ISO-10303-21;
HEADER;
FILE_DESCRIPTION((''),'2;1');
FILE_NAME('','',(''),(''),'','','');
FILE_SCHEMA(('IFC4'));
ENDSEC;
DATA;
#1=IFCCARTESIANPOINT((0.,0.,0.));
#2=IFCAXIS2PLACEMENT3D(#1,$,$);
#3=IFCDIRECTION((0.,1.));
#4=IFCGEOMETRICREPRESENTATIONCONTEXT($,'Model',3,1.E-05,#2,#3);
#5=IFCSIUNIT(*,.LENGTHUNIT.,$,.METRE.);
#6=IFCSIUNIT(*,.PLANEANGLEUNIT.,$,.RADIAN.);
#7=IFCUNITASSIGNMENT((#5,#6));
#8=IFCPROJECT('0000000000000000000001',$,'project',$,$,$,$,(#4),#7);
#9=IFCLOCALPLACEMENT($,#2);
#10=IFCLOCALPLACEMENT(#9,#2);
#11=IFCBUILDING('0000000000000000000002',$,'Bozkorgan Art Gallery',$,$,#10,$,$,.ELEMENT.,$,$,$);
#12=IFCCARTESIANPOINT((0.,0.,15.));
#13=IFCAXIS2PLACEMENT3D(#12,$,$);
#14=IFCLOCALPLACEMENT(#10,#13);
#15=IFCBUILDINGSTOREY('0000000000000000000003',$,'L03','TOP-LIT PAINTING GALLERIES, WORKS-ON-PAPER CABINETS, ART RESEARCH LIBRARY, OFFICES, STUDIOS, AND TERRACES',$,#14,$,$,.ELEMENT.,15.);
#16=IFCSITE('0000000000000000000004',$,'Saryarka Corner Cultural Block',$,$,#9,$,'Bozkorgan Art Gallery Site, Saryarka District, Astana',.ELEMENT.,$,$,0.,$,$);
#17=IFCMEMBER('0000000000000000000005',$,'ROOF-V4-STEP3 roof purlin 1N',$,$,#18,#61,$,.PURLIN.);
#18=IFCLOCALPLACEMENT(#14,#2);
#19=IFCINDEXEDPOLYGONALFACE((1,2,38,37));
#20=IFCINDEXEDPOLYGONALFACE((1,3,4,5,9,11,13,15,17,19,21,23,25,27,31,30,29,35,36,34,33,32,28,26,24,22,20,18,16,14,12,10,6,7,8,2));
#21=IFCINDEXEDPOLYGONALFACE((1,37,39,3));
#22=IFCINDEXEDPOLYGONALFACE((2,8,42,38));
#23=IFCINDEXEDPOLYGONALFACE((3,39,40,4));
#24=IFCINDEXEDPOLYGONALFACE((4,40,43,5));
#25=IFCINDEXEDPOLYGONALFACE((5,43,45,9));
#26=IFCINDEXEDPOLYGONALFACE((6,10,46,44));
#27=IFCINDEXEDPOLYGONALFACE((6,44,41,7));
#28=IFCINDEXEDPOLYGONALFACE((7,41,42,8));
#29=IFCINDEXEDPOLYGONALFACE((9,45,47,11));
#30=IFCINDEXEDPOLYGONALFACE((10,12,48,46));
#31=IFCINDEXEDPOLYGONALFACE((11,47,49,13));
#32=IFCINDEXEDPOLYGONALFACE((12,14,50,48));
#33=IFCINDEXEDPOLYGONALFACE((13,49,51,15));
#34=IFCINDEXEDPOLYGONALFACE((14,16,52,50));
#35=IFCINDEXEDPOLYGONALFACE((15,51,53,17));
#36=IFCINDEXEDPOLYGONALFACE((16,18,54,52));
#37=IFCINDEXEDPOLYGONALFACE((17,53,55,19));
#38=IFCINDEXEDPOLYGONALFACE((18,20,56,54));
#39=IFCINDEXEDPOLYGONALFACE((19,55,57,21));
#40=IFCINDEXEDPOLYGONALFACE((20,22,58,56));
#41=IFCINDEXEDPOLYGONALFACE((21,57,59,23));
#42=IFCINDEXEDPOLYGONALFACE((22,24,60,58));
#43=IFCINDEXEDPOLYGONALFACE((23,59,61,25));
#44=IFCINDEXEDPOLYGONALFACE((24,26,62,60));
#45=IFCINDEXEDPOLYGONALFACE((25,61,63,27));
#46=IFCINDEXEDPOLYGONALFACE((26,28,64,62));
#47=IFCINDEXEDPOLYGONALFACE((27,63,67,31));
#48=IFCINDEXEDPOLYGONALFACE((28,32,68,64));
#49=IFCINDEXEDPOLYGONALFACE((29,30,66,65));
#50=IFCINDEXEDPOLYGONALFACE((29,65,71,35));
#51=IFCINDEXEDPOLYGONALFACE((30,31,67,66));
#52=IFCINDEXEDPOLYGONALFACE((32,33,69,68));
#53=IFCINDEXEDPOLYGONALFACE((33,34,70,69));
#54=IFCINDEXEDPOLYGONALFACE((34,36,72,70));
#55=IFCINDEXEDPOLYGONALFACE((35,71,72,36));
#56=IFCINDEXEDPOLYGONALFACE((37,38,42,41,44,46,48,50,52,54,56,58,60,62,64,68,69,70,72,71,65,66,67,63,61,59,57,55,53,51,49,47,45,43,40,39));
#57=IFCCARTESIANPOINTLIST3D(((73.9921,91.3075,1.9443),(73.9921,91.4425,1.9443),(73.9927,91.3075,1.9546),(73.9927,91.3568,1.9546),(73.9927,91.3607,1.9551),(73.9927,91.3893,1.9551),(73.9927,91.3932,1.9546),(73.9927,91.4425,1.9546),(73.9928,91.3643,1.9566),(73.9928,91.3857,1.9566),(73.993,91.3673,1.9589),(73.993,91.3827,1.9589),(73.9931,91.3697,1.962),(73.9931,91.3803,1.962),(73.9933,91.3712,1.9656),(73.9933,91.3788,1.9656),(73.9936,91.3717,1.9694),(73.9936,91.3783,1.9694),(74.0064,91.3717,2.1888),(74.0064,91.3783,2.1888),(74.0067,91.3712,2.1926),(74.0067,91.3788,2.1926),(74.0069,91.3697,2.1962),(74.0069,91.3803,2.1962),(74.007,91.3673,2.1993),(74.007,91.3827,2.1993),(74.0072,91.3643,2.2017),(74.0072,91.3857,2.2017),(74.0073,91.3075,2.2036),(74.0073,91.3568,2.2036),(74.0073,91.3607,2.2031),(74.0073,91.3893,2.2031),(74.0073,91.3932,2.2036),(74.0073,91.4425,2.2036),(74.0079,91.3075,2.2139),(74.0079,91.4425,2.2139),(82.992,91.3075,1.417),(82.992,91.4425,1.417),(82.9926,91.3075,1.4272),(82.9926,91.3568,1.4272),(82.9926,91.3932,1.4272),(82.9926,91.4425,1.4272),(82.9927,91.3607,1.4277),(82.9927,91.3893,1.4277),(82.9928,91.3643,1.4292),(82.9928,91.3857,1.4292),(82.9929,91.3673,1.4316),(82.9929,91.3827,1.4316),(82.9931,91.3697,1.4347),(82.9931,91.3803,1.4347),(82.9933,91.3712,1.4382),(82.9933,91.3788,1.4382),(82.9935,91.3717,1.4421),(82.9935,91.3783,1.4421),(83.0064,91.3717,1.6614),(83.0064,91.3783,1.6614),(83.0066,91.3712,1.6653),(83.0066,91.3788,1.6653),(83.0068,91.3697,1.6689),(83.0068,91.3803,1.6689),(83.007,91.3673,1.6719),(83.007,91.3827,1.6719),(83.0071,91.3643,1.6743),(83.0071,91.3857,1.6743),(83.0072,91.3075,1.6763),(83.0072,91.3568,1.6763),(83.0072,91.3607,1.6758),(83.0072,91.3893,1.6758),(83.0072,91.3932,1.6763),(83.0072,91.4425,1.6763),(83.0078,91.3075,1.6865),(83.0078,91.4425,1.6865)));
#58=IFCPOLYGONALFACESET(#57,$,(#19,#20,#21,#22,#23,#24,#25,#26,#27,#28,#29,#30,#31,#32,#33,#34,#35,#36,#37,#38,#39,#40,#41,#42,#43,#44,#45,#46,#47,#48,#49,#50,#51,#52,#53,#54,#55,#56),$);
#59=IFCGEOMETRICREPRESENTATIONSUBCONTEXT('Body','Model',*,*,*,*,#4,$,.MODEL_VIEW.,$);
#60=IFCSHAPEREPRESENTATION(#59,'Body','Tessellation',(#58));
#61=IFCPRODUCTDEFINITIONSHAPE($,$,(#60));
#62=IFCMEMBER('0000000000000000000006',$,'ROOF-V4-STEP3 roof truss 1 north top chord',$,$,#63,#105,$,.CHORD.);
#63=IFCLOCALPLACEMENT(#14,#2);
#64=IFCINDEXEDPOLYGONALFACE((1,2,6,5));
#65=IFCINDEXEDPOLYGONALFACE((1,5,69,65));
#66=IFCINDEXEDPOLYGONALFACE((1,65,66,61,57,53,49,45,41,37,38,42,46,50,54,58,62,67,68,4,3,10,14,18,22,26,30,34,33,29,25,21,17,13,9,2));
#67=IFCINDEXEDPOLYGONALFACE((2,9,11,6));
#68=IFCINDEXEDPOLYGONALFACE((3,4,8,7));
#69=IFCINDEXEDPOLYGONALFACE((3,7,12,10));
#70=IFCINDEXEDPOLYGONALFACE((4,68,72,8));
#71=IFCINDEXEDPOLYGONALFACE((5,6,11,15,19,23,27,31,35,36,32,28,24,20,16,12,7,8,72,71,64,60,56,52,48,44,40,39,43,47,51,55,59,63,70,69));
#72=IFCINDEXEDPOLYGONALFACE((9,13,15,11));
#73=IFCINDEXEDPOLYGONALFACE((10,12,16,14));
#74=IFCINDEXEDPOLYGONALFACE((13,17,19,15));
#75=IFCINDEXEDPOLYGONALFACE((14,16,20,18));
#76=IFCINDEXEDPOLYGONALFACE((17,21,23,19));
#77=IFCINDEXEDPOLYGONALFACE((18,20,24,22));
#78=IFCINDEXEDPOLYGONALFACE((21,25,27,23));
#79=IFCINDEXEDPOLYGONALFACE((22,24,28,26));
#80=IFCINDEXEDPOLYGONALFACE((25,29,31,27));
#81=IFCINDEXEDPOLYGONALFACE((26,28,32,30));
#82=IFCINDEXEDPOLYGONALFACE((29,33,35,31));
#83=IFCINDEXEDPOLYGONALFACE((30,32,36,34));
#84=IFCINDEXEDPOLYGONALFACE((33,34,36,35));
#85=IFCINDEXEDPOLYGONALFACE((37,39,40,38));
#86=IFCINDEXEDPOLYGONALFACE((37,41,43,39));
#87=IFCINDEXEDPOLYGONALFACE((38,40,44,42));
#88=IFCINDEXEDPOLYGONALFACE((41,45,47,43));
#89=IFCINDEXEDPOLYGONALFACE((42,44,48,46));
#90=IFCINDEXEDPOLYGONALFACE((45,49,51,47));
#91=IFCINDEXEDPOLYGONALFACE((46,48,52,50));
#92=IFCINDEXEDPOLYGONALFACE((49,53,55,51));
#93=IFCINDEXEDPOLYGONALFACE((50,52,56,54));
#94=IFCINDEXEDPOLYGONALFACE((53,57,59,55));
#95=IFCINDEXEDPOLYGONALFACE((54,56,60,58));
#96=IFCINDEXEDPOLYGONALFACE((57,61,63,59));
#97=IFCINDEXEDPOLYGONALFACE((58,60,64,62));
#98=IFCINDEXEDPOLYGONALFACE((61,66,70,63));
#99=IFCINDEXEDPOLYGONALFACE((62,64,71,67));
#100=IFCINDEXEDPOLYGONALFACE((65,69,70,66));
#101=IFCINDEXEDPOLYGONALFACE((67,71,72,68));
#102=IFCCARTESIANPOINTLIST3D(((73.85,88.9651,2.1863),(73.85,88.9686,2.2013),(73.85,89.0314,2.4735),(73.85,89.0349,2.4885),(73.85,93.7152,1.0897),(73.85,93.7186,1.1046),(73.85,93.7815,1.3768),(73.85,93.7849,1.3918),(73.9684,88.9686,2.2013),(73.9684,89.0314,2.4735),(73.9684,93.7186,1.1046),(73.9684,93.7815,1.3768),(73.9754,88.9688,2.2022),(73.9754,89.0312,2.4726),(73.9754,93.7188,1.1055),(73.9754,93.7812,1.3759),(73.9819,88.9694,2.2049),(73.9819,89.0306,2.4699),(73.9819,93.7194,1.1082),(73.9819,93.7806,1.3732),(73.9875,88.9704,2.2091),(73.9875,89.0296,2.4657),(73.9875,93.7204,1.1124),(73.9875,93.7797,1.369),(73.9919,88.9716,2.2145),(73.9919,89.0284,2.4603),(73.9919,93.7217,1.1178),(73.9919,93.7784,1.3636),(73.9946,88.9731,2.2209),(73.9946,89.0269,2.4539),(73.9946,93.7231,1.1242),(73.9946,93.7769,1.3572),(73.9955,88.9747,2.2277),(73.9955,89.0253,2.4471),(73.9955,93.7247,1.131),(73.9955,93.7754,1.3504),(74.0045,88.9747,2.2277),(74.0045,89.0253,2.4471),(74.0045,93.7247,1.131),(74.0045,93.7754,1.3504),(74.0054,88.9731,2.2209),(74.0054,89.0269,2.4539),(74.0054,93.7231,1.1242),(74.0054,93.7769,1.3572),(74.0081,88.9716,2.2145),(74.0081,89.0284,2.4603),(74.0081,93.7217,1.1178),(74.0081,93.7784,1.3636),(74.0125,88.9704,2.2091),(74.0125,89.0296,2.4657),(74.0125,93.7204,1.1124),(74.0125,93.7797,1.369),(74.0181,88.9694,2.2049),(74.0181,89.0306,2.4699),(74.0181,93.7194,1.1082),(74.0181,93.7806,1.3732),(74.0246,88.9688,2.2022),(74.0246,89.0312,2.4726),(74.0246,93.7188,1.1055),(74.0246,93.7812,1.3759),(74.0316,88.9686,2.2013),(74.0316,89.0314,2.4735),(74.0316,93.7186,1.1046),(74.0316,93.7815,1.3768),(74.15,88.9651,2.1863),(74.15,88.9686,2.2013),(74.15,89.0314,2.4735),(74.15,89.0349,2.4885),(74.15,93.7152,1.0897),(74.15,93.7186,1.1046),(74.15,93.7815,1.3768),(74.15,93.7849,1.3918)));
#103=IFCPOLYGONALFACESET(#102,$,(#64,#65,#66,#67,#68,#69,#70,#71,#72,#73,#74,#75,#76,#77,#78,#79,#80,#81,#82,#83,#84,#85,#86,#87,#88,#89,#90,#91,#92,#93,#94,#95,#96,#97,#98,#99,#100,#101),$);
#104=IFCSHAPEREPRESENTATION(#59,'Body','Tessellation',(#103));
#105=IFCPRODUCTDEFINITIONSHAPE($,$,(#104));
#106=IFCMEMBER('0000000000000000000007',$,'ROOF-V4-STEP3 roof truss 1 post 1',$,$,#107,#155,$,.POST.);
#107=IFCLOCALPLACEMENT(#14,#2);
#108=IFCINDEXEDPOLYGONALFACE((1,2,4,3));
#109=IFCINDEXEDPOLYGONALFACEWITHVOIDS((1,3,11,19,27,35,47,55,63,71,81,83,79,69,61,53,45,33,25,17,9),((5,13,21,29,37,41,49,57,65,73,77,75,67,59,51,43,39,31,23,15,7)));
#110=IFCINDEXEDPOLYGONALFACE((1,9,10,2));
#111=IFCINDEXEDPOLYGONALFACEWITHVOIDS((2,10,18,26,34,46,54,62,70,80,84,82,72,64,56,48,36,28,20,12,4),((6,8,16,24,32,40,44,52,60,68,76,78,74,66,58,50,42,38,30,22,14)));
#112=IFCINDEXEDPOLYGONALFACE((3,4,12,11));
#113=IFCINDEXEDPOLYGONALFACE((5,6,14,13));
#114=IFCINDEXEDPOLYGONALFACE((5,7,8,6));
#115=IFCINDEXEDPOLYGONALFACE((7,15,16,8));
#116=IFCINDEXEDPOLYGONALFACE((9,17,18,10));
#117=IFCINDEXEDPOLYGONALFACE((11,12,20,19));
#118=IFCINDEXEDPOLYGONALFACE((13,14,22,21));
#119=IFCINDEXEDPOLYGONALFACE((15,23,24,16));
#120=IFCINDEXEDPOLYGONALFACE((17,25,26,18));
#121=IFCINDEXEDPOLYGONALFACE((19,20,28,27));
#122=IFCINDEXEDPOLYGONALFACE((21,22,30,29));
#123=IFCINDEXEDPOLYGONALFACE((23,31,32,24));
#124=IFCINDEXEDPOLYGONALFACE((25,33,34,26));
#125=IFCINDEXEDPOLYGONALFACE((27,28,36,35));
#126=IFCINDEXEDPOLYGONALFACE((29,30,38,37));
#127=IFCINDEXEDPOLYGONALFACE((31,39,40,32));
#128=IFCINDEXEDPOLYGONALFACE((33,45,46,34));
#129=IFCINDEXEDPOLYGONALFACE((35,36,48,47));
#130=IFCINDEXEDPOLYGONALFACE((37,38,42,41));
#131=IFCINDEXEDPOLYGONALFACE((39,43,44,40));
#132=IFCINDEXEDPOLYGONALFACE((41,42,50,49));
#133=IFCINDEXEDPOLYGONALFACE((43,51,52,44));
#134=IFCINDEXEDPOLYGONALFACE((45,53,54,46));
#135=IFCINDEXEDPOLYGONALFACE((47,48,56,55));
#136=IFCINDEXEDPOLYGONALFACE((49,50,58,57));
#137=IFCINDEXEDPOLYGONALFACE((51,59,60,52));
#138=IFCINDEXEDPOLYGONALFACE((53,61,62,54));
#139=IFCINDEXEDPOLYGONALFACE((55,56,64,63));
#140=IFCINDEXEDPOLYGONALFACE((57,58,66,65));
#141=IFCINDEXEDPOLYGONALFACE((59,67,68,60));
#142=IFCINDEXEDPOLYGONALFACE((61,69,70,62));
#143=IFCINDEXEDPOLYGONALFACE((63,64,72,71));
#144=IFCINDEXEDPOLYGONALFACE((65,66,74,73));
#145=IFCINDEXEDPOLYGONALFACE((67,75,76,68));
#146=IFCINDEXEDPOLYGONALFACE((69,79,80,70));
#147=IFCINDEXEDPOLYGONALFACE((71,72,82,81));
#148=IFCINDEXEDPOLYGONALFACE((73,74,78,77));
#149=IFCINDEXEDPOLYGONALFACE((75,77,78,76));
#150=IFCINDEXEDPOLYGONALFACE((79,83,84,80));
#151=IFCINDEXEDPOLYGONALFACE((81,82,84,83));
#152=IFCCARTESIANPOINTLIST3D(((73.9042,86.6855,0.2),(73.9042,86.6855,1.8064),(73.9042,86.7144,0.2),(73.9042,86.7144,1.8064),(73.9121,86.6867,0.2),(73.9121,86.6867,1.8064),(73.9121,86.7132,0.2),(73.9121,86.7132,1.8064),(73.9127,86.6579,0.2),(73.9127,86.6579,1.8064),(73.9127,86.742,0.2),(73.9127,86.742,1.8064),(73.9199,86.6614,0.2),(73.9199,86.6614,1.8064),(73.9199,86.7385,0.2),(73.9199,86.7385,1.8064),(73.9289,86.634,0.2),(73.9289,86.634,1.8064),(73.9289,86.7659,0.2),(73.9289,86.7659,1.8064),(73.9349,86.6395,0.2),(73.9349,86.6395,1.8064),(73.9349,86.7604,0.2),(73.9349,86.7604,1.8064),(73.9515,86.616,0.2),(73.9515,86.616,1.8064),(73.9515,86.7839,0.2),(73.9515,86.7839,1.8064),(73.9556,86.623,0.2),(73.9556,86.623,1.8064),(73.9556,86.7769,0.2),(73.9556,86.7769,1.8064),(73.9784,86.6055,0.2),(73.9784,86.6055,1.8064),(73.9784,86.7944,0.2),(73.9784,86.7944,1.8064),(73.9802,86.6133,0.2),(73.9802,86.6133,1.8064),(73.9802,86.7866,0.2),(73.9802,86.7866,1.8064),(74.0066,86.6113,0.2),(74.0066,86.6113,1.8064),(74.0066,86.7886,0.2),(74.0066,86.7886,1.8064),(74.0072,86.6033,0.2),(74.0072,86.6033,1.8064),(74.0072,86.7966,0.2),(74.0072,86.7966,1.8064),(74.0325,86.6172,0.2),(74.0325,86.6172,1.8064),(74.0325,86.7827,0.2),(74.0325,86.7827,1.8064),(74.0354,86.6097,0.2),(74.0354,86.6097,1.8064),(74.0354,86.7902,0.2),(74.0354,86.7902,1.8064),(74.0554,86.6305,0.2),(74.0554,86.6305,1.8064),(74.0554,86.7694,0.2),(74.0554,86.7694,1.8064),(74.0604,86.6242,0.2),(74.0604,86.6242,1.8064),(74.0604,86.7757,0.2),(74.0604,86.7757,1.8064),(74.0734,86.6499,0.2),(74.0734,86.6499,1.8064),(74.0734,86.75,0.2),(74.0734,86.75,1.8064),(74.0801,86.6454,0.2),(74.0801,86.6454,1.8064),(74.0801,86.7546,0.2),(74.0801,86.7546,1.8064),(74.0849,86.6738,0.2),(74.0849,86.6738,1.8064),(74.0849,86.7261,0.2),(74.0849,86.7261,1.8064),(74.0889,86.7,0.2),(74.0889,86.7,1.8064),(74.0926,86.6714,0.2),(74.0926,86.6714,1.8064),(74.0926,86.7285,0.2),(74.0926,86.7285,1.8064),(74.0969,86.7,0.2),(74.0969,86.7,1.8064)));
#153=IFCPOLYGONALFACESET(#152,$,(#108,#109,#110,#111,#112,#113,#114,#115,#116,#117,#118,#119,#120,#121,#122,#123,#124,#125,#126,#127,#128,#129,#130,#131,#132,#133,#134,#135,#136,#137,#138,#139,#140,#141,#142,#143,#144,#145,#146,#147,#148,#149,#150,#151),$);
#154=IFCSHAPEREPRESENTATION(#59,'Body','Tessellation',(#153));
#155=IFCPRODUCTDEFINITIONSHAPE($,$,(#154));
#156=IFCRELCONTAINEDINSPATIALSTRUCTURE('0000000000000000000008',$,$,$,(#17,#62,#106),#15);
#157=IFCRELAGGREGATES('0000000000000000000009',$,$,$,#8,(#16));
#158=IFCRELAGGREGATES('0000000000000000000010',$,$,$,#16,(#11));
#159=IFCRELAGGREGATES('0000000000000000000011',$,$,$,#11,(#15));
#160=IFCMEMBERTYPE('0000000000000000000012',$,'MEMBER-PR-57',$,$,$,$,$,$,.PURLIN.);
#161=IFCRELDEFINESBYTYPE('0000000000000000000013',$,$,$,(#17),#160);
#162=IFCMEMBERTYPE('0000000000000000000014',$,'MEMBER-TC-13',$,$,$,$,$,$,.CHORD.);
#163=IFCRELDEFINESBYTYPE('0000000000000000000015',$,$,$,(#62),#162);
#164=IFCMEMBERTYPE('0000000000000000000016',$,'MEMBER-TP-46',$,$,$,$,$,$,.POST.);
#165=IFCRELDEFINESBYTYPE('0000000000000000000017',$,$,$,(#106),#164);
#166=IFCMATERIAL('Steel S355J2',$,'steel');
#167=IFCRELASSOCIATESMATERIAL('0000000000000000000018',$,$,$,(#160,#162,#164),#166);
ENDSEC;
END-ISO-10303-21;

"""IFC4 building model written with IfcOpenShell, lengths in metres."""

from ifc_helpers import new_model, si_unit, direction, frame, origin, origin_2d, place, context, subcontext, project, spatial, hollow_circle, i_section, extrude, material, material_profile, profile_set, type_object, element, save


model = new_model("IFC4")

# Units and contexts
model_context = context("Model", 3, precision=1e-05, world=origin(), true_north=direction((0.0, 1.0)))
body_context = subcontext(model_context, "Body", "Model", "MODEL_VIEW")
ifc_project = project(units=[si_unit("LENGTHUNIT", "METRE"), si_unit("PLANEANGLEUNIT", "RADIAN")], contexts=[model_context])

# Site, building, storey
site_placement = place(None, origin())
site = spatial("IfcSite", under=ifc_project, at=site_placement, Name="Saryarka Corner Cultural Block", LongName="Bozkorgan Art Gallery Site, Saryarka District, Astana", CompositionType="ELEMENT", RefElevation=0.0)
building_placement = place(site_placement, origin())
building = spatial("IfcBuilding", under=site, at=building_placement, Name="Bozkorgan Art Gallery", CompositionType="ELEMENT")
storey_placement = place(building_placement, frame((0.0, 0.0, 15.0)))
storey = spatial("IfcBuildingStorey", under=building, at=storey_placement, Name="L03", Description="TOP-LIT PAINTING GALLERIES, WORKS-ON-PAPER CABINETS, ART RESEARCH LIBRARY, OFFICES, STUDIOS, AND TERRACES", CompositionType="ELEMENT", Elevation=15.0)

# Shared definitions
ifc_material_1 = material(Name="Steel S355J2", Category="steel")

# Members
ifc_material_profile_1 = material_profile(ifc_material_1, i_section(OverallWidth=0.135, OverallDepth=0.27, WebThickness=0.0066, FlangeThickness=0.0103, FilletRadius=0.0149, at=origin_2d()), Name="IPE 270")
ifc_profile_set_1 = profile_set([ifc_material_profile_1], Name="Steel S355J2")
member_type_1 = type_object("IfcMemberType", Name="MEMBER-PR-57", PredefinedType="PURLIN", material=ifc_profile_set_1)
for number, where, z_axis, x_axis, name in (
    (1, (74.0, 91.375, 2.0791), (0.998288, 0.0, -0.058493), (0.0, 1.0, 0.0), "ROOF-V4-STEP3 roof purlin 1N"),
):
    element("IfcMember", number, at=place(storey_placement, frame(where, z_axis=z_axis, x_axis=x_axis)), inside=storey, type_object=member_type_1, Name=name, PredefinedType="PURLIN", context=body_context, shape_type="SweptSolid", body=[
        extrude(i_section(OverallWidth=0.135, OverallDepth=0.27, WebThickness=0.0066, FlangeThickness=0.0103, FilletRadius=0.0149, at=origin_2d()), origin(), (0.0, 0.0, 1.0), 9.0154),
    ])
ifc_material_profile_2 = material_profile(ifc_material_1, i_section(OverallWidth=0.3, OverallDepth=0.3101, WebThickness=0.009, FlangeThickness=0.0154, FilletRadius=0.0271, at=origin_2d()), Name="HEA 320")
ifc_profile_set_2 = profile_set([ifc_material_profile_2], Name="Steel S355J2")
member_type_2 = type_object("IfcMemberType", Name="MEMBER-TC-13", PredefinedType="CHORD", material=ifc_profile_set_2)
member_1_placement = place(storey_placement, frame((74.0, 89.0, 2.3374), z_axis=(0.0, 0.974368, -0.224962), x_axis=(-1.0, 0.0, 0.0)))
element("IfcMember", 2, at=member_1_placement, inside=storey, type_object=member_type_2, Name="ROOF-V4-STEP3 roof truss 1 north top chord", PredefinedType="CHORD", context=body_context, shape_type="SweptSolid", body=[
    extrude(i_section(OverallWidth=0.3, OverallDepth=0.3101, WebThickness=0.009, FlangeThickness=0.0154, FilletRadius=0.0271, at=origin_2d()), origin(), (0.0, 0.0, 1.0), 4.875),
])
ifc_material_profile_3 = material_profile(ifc_material_1, hollow_circle(Radius=0.0969, WallThickness=0.0081, at=origin_2d()), Name="CHS 193.7x8")
ifc_profile_set_3 = profile_set([ifc_material_profile_3], Name="Steel S355J2")
member_type_3 = type_object("IfcMemberType", Name="MEMBER-TP-46", PredefinedType="POST", material=ifc_profile_set_3)
member_2_placement = place(storey_placement, frame((74.0, 86.7, 0.2), z_axis=(0.0, 0.0, 1.0), x_axis=(1.0, 0.0, 0.0)))
element("IfcMember", 3, at=member_2_placement, inside=storey, type_object=member_type_3, Name="ROOF-V4-STEP3 roof truss 1 post 1", PredefinedType="POST", context=body_context, shape_type="SweptSolid", body=[
    extrude(hollow_circle(Radius=0.0969, WallThickness=0.0081, at=origin_2d()), origin(), (0.0, 0.0, 1.0), 1.6064),
])

save(model, "model.ifc")
